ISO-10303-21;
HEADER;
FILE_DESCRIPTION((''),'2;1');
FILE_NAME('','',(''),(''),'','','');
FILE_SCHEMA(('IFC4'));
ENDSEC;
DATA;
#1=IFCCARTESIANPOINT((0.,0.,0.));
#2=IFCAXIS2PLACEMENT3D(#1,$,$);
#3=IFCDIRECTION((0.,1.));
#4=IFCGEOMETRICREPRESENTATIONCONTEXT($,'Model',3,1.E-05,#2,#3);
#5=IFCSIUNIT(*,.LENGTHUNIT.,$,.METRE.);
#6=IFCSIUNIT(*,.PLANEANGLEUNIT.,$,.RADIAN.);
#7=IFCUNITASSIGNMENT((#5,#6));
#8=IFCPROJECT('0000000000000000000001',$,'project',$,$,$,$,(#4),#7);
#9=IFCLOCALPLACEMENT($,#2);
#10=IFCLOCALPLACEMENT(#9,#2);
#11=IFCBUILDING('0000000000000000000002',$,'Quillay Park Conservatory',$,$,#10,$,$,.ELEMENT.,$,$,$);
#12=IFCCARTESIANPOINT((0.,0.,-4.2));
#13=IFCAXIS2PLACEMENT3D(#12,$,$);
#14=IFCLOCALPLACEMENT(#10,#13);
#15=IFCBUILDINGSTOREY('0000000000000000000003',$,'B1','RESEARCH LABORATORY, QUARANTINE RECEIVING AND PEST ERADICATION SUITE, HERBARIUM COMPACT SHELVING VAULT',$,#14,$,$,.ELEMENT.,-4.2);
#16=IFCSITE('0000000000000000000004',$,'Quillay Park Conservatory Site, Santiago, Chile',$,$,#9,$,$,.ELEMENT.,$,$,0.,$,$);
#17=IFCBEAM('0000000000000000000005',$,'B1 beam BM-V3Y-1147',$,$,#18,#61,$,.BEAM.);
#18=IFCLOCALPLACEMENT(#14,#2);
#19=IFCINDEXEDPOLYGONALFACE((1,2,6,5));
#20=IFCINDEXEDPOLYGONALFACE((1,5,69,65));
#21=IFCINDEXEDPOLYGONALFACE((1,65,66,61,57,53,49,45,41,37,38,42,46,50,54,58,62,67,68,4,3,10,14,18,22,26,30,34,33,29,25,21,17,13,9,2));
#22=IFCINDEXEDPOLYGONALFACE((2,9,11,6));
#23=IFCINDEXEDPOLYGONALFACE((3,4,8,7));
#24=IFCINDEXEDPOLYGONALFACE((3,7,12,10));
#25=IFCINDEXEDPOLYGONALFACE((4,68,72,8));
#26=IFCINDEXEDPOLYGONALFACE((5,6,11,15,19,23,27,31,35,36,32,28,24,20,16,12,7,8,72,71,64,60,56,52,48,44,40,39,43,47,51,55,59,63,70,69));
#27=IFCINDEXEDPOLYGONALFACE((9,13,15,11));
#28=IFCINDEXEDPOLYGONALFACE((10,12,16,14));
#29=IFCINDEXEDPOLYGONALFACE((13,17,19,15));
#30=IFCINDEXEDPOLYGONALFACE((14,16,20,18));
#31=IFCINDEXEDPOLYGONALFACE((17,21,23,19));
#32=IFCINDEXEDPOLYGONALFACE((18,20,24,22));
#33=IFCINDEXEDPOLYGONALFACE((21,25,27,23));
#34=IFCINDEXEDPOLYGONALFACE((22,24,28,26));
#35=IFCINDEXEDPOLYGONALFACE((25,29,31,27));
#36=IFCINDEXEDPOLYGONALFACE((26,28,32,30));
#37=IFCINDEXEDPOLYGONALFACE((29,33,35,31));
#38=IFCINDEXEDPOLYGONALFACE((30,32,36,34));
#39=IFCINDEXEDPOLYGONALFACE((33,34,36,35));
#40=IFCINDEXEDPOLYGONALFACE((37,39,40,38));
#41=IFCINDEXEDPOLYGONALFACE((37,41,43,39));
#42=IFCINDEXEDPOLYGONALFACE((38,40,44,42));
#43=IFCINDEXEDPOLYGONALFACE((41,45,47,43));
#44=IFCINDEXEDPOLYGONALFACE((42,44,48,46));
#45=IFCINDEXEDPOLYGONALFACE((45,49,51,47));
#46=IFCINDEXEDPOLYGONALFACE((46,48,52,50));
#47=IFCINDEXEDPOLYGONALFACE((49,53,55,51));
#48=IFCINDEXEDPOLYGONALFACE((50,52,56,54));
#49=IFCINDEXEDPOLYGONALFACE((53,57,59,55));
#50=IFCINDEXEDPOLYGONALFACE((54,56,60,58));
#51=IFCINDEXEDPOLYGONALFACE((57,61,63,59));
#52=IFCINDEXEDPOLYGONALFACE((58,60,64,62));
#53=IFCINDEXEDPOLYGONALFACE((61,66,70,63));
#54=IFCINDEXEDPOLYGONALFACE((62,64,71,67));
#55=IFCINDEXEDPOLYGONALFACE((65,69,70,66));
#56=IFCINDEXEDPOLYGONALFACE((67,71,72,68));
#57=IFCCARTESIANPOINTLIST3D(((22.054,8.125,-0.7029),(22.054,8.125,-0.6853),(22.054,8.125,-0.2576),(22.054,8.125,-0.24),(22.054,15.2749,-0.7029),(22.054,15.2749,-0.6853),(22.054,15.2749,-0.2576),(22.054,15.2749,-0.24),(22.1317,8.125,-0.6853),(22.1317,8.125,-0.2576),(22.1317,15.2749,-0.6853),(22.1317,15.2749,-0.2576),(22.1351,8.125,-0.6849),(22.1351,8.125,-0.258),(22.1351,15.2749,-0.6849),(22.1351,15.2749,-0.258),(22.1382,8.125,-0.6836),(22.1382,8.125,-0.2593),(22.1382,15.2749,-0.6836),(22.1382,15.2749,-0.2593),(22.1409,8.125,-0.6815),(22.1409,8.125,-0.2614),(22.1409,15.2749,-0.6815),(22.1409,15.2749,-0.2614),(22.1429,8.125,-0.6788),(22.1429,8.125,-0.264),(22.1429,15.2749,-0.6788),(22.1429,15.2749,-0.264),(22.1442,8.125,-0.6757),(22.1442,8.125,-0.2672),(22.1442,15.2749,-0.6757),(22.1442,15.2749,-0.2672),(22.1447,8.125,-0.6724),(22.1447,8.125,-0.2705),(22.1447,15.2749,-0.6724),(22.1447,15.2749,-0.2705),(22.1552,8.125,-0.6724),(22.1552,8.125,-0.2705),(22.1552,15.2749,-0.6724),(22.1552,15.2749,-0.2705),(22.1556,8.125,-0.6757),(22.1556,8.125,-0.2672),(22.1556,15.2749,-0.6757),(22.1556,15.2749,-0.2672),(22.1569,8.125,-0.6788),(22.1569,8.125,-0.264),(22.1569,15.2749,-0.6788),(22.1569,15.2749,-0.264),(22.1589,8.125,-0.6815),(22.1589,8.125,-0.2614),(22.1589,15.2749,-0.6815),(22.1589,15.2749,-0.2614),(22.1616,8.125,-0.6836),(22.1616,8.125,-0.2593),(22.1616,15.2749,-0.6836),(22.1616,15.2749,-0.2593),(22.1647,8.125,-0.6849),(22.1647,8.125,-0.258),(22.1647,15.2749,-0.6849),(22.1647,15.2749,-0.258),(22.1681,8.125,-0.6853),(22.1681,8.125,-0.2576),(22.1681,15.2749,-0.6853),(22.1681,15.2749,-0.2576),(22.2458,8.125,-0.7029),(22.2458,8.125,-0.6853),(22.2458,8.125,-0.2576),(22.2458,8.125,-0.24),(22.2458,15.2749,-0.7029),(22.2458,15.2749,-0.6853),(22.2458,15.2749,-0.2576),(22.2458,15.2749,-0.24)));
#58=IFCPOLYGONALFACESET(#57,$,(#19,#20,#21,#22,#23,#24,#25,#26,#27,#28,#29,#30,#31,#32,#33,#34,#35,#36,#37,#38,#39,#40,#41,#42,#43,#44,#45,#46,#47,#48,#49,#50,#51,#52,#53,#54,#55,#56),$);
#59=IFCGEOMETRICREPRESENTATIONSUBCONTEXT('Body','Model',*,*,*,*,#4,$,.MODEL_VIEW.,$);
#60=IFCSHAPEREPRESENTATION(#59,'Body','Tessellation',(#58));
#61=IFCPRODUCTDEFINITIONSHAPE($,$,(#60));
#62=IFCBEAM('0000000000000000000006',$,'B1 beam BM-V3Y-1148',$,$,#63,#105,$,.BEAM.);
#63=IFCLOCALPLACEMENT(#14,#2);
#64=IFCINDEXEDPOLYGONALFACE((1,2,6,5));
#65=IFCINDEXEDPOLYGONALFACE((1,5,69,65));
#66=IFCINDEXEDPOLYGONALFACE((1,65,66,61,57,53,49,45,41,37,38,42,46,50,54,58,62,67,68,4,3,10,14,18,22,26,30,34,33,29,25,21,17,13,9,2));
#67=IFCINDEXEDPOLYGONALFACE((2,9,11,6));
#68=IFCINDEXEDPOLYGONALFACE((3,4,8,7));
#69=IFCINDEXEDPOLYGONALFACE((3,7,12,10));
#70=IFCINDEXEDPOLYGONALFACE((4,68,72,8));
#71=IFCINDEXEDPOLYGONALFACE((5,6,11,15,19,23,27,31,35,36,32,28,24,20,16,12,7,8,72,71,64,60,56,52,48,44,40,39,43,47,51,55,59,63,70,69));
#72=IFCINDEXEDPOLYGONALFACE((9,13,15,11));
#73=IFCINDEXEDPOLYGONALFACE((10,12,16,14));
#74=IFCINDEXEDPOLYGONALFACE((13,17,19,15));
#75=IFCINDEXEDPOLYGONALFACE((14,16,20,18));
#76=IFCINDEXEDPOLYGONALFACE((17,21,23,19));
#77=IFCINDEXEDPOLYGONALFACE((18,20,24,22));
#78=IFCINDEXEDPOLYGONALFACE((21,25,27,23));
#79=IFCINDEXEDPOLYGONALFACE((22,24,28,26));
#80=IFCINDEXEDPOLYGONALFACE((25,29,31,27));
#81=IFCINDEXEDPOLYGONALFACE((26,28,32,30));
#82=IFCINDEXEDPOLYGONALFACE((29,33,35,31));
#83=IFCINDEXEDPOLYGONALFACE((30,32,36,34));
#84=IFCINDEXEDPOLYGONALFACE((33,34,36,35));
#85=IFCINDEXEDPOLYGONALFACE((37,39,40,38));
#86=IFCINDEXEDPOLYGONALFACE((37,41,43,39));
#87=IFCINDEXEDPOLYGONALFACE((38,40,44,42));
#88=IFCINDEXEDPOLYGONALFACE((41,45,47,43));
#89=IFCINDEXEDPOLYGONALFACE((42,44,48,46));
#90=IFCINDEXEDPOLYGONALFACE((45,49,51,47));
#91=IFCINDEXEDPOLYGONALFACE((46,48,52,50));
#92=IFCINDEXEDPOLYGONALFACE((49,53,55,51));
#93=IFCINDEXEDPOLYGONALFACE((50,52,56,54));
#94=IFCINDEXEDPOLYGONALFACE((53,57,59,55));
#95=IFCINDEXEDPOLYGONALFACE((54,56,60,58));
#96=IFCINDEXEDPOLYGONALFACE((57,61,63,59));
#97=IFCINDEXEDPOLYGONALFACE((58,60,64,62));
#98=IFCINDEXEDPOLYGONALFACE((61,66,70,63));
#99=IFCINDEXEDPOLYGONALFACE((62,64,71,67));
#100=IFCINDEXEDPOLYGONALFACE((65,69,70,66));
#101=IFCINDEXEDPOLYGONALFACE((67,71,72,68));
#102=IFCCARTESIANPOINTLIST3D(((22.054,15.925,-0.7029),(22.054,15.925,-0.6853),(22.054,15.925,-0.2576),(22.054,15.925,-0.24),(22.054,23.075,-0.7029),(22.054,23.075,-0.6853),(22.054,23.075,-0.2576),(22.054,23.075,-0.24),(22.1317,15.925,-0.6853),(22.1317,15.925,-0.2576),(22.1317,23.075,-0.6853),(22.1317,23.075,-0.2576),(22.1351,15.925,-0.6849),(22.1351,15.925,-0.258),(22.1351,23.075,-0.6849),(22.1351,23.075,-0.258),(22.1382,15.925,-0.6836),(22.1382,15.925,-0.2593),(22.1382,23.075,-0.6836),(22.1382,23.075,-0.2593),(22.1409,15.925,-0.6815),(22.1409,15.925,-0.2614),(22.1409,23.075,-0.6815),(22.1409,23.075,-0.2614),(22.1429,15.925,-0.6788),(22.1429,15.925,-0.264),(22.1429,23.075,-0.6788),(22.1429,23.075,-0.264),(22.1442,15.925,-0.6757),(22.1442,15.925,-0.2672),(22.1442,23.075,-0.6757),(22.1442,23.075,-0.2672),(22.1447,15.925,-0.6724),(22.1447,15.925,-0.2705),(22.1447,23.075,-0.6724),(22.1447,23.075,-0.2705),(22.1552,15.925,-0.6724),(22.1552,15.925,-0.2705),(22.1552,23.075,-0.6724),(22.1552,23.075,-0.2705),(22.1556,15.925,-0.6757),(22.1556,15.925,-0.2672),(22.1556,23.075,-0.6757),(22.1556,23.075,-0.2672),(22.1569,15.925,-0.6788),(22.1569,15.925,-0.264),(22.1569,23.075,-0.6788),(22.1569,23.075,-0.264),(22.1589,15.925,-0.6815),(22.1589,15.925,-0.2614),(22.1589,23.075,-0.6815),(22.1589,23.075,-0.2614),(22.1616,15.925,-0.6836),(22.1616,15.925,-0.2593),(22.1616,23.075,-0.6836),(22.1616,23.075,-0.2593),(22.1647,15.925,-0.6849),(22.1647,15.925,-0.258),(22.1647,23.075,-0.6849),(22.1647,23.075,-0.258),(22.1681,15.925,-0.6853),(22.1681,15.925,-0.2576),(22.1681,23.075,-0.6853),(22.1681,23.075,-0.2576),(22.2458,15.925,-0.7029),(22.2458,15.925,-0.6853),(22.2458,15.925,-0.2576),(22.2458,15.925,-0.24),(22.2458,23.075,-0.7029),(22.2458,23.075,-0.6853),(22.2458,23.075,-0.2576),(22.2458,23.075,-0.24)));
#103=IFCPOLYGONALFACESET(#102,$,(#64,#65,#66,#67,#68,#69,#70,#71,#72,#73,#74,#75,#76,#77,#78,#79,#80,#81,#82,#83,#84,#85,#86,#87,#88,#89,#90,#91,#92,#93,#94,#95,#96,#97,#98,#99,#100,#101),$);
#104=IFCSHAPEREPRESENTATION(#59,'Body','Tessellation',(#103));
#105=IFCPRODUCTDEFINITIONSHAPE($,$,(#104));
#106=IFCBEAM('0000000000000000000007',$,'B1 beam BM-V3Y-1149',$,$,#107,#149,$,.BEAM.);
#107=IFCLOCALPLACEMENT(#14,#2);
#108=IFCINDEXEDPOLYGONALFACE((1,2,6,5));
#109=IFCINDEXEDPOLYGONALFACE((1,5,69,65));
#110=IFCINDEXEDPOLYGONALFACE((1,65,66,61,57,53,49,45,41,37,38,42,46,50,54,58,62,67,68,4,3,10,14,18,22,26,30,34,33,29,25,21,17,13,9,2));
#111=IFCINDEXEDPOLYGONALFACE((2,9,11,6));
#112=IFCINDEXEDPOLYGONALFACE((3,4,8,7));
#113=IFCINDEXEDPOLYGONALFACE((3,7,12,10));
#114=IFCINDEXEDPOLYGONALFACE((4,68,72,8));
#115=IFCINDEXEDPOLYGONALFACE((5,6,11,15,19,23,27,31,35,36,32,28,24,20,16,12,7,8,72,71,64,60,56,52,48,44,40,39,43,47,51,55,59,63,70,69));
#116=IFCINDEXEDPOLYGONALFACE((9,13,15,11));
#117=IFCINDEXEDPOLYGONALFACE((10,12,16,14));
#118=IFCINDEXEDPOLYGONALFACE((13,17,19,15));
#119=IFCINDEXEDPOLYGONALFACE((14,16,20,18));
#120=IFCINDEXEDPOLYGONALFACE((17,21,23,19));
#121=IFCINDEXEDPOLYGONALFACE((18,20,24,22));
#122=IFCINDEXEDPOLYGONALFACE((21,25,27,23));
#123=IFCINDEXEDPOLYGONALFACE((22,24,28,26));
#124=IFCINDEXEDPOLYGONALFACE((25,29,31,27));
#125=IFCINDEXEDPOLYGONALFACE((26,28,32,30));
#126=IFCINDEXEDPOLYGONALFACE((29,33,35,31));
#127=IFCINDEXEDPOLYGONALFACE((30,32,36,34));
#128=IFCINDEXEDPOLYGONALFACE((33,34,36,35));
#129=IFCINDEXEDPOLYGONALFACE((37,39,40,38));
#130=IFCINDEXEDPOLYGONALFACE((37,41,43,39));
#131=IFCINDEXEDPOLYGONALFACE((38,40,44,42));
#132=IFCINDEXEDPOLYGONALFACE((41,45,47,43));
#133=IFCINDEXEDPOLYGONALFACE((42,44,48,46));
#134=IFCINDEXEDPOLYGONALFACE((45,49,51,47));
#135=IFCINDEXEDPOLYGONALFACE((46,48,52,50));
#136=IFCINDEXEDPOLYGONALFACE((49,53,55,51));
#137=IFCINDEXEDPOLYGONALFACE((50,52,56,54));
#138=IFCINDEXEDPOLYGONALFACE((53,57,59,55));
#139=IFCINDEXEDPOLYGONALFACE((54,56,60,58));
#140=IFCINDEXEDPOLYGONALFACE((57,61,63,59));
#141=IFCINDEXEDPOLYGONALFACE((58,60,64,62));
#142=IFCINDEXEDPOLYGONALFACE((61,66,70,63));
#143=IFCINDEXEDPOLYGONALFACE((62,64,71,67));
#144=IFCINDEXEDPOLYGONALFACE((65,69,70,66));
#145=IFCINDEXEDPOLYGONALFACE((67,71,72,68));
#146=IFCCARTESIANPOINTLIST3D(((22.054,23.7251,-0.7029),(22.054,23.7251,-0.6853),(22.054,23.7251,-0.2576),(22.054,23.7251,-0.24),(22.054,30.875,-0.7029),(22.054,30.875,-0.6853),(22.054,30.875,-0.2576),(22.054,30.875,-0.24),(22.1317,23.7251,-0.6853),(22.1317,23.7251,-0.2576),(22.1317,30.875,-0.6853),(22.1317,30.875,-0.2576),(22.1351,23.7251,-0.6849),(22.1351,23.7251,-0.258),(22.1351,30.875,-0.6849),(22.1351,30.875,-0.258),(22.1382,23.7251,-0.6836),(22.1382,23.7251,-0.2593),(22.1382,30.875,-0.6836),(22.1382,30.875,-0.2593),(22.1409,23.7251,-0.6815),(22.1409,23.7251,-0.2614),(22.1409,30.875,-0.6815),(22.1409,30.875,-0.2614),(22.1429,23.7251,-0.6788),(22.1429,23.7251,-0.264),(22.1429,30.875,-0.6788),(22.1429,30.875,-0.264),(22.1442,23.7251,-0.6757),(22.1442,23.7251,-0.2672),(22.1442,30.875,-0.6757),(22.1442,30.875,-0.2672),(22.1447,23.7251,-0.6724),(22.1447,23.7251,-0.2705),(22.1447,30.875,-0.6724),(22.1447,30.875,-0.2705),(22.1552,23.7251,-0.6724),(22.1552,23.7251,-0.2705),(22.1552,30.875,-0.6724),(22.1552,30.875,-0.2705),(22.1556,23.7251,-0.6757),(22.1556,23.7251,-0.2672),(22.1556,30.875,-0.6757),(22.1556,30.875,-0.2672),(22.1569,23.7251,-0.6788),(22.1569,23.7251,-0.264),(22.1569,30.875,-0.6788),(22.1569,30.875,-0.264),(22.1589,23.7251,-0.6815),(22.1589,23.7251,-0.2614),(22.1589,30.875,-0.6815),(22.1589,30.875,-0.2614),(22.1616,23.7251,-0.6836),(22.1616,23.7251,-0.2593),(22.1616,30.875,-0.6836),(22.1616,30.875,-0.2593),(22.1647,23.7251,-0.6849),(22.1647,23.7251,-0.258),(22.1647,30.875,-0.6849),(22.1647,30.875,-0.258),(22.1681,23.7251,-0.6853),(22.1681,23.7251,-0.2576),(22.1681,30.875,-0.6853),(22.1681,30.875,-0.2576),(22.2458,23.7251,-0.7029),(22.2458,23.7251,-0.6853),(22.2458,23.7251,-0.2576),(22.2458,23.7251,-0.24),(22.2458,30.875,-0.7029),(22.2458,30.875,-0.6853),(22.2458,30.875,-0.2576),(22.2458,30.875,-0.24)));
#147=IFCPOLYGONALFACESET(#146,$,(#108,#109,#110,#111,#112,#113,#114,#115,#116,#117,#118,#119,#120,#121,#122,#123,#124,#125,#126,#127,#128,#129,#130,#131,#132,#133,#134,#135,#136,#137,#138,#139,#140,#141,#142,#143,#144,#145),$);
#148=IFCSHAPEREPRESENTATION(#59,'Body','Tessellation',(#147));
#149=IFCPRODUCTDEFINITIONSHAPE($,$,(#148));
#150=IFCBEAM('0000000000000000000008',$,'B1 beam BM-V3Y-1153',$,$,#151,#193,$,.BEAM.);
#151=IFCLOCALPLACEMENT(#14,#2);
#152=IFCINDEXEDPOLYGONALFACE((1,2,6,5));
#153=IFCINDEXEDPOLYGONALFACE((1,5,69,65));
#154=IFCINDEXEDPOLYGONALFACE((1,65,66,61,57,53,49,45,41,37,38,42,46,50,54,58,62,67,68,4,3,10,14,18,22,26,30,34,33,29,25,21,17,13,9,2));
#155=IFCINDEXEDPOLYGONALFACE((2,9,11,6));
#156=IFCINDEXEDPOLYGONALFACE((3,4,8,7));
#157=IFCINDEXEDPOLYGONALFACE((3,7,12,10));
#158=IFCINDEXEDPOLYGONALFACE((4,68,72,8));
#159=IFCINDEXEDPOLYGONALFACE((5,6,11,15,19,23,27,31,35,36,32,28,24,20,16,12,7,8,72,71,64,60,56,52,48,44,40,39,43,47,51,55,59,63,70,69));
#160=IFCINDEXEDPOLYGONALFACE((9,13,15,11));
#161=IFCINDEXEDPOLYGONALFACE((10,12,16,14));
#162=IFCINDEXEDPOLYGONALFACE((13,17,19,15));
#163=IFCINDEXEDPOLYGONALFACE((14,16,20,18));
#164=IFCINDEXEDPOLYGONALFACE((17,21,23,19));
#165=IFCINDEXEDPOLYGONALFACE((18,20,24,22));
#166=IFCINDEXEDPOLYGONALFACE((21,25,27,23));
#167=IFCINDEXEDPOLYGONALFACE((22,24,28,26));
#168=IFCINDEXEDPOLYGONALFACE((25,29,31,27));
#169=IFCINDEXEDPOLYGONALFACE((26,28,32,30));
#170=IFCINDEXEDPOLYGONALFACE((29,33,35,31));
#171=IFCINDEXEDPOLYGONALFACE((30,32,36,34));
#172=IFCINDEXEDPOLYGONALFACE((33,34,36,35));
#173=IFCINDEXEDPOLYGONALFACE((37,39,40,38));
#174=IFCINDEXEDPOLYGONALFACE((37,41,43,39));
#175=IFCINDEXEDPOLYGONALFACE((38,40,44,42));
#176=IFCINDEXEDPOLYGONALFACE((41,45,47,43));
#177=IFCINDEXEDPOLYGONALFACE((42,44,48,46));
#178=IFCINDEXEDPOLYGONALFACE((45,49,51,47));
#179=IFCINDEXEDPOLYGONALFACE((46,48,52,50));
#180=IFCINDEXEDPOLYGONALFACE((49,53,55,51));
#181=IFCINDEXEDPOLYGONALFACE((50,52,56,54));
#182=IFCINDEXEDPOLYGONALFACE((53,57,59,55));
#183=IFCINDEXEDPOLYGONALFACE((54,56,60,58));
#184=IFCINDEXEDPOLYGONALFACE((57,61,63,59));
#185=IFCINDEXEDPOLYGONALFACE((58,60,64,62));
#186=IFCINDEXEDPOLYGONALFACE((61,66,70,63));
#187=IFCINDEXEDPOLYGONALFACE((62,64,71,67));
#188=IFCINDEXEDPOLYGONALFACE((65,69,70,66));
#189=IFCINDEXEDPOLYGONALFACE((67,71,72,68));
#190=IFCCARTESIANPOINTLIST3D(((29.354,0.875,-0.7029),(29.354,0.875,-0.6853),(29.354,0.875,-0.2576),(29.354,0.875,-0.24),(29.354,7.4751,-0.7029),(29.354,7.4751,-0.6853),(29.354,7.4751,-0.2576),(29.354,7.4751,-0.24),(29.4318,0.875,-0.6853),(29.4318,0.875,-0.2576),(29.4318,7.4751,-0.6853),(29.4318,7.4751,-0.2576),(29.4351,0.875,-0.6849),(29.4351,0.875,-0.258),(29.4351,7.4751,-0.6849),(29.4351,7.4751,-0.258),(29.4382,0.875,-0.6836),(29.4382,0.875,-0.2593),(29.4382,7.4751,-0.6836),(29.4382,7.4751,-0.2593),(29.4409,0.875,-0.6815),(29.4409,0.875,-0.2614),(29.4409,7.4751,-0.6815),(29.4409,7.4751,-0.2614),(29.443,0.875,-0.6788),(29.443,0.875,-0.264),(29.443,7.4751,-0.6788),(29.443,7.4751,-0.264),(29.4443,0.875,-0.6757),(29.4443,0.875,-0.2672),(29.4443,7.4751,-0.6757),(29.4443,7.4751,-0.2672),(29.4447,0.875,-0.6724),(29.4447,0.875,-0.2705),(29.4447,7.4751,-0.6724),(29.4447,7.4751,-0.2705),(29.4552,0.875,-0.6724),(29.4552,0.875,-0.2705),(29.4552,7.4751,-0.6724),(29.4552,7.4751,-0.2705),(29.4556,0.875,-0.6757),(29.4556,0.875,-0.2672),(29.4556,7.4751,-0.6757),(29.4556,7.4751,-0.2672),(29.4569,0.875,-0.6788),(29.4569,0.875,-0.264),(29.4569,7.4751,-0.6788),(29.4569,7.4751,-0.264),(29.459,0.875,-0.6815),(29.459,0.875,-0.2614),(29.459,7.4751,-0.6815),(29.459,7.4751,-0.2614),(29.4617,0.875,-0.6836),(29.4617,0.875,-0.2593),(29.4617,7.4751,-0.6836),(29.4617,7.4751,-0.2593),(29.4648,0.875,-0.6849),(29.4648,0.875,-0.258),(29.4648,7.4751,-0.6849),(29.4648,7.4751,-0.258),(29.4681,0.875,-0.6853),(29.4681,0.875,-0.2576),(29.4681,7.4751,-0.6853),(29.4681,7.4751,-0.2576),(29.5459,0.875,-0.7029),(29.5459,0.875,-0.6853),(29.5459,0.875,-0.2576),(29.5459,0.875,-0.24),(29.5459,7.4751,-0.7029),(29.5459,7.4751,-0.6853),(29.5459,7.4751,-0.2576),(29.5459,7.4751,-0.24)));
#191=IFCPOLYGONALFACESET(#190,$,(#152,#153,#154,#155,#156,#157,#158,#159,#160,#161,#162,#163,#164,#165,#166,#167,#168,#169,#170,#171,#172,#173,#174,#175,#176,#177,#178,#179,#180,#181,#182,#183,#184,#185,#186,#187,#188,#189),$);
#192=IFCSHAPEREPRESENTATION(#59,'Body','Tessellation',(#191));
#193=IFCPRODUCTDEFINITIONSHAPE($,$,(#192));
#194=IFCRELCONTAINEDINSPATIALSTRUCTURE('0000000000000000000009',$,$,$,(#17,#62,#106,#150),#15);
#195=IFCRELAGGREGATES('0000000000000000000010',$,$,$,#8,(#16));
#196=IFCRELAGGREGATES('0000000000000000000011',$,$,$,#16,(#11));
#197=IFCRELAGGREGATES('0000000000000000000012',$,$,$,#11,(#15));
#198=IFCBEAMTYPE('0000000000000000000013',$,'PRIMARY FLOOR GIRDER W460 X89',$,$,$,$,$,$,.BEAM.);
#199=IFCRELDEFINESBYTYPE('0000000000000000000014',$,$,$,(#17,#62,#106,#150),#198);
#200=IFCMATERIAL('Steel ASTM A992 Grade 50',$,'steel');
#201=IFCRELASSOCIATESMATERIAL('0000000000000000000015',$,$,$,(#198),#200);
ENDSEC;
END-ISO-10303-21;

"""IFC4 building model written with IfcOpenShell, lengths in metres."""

from ifc_helpers import new_model, si_unit, direction, frame, origin, origin_2d, place, context, subcontext, project, spatial, i_section, extrude, material, material_profile, profile_set, type_object, element, save


model = new_model("IFC4")

# Units and contexts
model_context = context("Model", 3, precision=1e-05, world=origin(), true_north=direction((0.0, 1.0)))
body_context = subcontext(model_context, "Body", "Model", "MODEL_VIEW")
ifc_project = project(units=[si_unit("LENGTHUNIT", "METRE"), si_unit("PLANEANGLEUNIT", "RADIAN")], contexts=[model_context])

# Site, building, storey
site_placement = place(None, origin())
site = spatial("IfcSite", under=ifc_project, at=site_placement, Name="Quillay Park Conservatory Site, Santiago, Chile", CompositionType="ELEMENT", RefElevation=0.0)
building_placement = place(site_placement, origin())
building = spatial("IfcBuilding", under=site, at=building_placement, Name="Quillay Park Conservatory", CompositionType="ELEMENT")
storey_placement = place(building_placement, frame((0.0, 0.0, -4.2)))
storey = spatial("IfcBuildingStorey", under=building, at=storey_placement, Name="B1", Description="RESEARCH LABORATORY, QUARANTINE RECEIVING AND PEST ERADICATION SUITE, HERBARIUM COMPACT SHELVING VAULT", CompositionType="ELEMENT", Elevation=-4.2)

# Beams
ifc_material_1 = material(Name="Steel ASTM A992 Grade 50", Category="steel")
ifc_material_profile_1 = material_profile(ifc_material_1, i_section(OverallWidth=0.1919, OverallDepth=0.4629, WebThickness=0.0105, FlangeThickness=0.0176, FilletRadius=0.0129, at=origin_2d()), Name="W460x89")
ifc_profile_set_1 = profile_set([ifc_material_profile_1], Name="Steel ASTM A992 Grade 50")
beam_type_1 = type_object("IfcBeamType", Name="PRIMARY FLOOR GIRDER W460 X89", PredefinedType="BEAM", material=ifc_profile_set_1)
for number, where, z_axis, x_axis, name in (
    (1, (22.1499, 8.125, -0.4714), (0.0, 1.0, 0.0), (-1.0, 0.0, 0.0), "B1 beam BM-V3Y-1147"),
    (2, (22.1499, 15.925, -0.4714), (0.0, 1.0, 0.0), (-1.0, 0.0, 0.0), "B1 beam BM-V3Y-1148"),
    (3, (22.1499, 23.7251, -0.4714), (0.0, 1.0, 0.0), (-1.0, 0.0, 0.0), "B1 beam BM-V3Y-1149"),
):
    element("IfcBeam", number, at=place(storey_placement, frame(where, z_axis=z_axis, x_axis=x_axis)), inside=storey, type_object=beam_type_1, Name=name, PredefinedType="BEAM", context=body_context, shape_type="SweptSolid", body=[
        extrude(i_section(OverallWidth=0.1919, OverallDepth=0.4629, WebThickness=0.0105, FlangeThickness=0.0176, FilletRadius=0.0129, at=origin_2d()), origin(), (0.0, 0.0, 1.0), 7.1499),
    ])
beam_1_placement = place(storey_placement, frame((29.45, 0.875, -0.4714), z_axis=(0.0, 1.0, 0.0), x_axis=(-1.0, 0.0, 0.0)))
element("IfcBeam", 4, at=beam_1_placement, inside=storey, type_object=beam_type_1, Name="B1 beam BM-V3Y-1153", PredefinedType="BEAM", context=body_context, shape_type="SweptSolid", body=[
    extrude(i_section(OverallWidth=0.1919, OverallDepth=0.4629, WebThickness=0.0105, FlangeThickness=0.0176, FilletRadius=0.0129, at=origin_2d()), origin(), (0.0, 0.0, 1.0), 6.6001),
])

save(model, "model.ifc")
